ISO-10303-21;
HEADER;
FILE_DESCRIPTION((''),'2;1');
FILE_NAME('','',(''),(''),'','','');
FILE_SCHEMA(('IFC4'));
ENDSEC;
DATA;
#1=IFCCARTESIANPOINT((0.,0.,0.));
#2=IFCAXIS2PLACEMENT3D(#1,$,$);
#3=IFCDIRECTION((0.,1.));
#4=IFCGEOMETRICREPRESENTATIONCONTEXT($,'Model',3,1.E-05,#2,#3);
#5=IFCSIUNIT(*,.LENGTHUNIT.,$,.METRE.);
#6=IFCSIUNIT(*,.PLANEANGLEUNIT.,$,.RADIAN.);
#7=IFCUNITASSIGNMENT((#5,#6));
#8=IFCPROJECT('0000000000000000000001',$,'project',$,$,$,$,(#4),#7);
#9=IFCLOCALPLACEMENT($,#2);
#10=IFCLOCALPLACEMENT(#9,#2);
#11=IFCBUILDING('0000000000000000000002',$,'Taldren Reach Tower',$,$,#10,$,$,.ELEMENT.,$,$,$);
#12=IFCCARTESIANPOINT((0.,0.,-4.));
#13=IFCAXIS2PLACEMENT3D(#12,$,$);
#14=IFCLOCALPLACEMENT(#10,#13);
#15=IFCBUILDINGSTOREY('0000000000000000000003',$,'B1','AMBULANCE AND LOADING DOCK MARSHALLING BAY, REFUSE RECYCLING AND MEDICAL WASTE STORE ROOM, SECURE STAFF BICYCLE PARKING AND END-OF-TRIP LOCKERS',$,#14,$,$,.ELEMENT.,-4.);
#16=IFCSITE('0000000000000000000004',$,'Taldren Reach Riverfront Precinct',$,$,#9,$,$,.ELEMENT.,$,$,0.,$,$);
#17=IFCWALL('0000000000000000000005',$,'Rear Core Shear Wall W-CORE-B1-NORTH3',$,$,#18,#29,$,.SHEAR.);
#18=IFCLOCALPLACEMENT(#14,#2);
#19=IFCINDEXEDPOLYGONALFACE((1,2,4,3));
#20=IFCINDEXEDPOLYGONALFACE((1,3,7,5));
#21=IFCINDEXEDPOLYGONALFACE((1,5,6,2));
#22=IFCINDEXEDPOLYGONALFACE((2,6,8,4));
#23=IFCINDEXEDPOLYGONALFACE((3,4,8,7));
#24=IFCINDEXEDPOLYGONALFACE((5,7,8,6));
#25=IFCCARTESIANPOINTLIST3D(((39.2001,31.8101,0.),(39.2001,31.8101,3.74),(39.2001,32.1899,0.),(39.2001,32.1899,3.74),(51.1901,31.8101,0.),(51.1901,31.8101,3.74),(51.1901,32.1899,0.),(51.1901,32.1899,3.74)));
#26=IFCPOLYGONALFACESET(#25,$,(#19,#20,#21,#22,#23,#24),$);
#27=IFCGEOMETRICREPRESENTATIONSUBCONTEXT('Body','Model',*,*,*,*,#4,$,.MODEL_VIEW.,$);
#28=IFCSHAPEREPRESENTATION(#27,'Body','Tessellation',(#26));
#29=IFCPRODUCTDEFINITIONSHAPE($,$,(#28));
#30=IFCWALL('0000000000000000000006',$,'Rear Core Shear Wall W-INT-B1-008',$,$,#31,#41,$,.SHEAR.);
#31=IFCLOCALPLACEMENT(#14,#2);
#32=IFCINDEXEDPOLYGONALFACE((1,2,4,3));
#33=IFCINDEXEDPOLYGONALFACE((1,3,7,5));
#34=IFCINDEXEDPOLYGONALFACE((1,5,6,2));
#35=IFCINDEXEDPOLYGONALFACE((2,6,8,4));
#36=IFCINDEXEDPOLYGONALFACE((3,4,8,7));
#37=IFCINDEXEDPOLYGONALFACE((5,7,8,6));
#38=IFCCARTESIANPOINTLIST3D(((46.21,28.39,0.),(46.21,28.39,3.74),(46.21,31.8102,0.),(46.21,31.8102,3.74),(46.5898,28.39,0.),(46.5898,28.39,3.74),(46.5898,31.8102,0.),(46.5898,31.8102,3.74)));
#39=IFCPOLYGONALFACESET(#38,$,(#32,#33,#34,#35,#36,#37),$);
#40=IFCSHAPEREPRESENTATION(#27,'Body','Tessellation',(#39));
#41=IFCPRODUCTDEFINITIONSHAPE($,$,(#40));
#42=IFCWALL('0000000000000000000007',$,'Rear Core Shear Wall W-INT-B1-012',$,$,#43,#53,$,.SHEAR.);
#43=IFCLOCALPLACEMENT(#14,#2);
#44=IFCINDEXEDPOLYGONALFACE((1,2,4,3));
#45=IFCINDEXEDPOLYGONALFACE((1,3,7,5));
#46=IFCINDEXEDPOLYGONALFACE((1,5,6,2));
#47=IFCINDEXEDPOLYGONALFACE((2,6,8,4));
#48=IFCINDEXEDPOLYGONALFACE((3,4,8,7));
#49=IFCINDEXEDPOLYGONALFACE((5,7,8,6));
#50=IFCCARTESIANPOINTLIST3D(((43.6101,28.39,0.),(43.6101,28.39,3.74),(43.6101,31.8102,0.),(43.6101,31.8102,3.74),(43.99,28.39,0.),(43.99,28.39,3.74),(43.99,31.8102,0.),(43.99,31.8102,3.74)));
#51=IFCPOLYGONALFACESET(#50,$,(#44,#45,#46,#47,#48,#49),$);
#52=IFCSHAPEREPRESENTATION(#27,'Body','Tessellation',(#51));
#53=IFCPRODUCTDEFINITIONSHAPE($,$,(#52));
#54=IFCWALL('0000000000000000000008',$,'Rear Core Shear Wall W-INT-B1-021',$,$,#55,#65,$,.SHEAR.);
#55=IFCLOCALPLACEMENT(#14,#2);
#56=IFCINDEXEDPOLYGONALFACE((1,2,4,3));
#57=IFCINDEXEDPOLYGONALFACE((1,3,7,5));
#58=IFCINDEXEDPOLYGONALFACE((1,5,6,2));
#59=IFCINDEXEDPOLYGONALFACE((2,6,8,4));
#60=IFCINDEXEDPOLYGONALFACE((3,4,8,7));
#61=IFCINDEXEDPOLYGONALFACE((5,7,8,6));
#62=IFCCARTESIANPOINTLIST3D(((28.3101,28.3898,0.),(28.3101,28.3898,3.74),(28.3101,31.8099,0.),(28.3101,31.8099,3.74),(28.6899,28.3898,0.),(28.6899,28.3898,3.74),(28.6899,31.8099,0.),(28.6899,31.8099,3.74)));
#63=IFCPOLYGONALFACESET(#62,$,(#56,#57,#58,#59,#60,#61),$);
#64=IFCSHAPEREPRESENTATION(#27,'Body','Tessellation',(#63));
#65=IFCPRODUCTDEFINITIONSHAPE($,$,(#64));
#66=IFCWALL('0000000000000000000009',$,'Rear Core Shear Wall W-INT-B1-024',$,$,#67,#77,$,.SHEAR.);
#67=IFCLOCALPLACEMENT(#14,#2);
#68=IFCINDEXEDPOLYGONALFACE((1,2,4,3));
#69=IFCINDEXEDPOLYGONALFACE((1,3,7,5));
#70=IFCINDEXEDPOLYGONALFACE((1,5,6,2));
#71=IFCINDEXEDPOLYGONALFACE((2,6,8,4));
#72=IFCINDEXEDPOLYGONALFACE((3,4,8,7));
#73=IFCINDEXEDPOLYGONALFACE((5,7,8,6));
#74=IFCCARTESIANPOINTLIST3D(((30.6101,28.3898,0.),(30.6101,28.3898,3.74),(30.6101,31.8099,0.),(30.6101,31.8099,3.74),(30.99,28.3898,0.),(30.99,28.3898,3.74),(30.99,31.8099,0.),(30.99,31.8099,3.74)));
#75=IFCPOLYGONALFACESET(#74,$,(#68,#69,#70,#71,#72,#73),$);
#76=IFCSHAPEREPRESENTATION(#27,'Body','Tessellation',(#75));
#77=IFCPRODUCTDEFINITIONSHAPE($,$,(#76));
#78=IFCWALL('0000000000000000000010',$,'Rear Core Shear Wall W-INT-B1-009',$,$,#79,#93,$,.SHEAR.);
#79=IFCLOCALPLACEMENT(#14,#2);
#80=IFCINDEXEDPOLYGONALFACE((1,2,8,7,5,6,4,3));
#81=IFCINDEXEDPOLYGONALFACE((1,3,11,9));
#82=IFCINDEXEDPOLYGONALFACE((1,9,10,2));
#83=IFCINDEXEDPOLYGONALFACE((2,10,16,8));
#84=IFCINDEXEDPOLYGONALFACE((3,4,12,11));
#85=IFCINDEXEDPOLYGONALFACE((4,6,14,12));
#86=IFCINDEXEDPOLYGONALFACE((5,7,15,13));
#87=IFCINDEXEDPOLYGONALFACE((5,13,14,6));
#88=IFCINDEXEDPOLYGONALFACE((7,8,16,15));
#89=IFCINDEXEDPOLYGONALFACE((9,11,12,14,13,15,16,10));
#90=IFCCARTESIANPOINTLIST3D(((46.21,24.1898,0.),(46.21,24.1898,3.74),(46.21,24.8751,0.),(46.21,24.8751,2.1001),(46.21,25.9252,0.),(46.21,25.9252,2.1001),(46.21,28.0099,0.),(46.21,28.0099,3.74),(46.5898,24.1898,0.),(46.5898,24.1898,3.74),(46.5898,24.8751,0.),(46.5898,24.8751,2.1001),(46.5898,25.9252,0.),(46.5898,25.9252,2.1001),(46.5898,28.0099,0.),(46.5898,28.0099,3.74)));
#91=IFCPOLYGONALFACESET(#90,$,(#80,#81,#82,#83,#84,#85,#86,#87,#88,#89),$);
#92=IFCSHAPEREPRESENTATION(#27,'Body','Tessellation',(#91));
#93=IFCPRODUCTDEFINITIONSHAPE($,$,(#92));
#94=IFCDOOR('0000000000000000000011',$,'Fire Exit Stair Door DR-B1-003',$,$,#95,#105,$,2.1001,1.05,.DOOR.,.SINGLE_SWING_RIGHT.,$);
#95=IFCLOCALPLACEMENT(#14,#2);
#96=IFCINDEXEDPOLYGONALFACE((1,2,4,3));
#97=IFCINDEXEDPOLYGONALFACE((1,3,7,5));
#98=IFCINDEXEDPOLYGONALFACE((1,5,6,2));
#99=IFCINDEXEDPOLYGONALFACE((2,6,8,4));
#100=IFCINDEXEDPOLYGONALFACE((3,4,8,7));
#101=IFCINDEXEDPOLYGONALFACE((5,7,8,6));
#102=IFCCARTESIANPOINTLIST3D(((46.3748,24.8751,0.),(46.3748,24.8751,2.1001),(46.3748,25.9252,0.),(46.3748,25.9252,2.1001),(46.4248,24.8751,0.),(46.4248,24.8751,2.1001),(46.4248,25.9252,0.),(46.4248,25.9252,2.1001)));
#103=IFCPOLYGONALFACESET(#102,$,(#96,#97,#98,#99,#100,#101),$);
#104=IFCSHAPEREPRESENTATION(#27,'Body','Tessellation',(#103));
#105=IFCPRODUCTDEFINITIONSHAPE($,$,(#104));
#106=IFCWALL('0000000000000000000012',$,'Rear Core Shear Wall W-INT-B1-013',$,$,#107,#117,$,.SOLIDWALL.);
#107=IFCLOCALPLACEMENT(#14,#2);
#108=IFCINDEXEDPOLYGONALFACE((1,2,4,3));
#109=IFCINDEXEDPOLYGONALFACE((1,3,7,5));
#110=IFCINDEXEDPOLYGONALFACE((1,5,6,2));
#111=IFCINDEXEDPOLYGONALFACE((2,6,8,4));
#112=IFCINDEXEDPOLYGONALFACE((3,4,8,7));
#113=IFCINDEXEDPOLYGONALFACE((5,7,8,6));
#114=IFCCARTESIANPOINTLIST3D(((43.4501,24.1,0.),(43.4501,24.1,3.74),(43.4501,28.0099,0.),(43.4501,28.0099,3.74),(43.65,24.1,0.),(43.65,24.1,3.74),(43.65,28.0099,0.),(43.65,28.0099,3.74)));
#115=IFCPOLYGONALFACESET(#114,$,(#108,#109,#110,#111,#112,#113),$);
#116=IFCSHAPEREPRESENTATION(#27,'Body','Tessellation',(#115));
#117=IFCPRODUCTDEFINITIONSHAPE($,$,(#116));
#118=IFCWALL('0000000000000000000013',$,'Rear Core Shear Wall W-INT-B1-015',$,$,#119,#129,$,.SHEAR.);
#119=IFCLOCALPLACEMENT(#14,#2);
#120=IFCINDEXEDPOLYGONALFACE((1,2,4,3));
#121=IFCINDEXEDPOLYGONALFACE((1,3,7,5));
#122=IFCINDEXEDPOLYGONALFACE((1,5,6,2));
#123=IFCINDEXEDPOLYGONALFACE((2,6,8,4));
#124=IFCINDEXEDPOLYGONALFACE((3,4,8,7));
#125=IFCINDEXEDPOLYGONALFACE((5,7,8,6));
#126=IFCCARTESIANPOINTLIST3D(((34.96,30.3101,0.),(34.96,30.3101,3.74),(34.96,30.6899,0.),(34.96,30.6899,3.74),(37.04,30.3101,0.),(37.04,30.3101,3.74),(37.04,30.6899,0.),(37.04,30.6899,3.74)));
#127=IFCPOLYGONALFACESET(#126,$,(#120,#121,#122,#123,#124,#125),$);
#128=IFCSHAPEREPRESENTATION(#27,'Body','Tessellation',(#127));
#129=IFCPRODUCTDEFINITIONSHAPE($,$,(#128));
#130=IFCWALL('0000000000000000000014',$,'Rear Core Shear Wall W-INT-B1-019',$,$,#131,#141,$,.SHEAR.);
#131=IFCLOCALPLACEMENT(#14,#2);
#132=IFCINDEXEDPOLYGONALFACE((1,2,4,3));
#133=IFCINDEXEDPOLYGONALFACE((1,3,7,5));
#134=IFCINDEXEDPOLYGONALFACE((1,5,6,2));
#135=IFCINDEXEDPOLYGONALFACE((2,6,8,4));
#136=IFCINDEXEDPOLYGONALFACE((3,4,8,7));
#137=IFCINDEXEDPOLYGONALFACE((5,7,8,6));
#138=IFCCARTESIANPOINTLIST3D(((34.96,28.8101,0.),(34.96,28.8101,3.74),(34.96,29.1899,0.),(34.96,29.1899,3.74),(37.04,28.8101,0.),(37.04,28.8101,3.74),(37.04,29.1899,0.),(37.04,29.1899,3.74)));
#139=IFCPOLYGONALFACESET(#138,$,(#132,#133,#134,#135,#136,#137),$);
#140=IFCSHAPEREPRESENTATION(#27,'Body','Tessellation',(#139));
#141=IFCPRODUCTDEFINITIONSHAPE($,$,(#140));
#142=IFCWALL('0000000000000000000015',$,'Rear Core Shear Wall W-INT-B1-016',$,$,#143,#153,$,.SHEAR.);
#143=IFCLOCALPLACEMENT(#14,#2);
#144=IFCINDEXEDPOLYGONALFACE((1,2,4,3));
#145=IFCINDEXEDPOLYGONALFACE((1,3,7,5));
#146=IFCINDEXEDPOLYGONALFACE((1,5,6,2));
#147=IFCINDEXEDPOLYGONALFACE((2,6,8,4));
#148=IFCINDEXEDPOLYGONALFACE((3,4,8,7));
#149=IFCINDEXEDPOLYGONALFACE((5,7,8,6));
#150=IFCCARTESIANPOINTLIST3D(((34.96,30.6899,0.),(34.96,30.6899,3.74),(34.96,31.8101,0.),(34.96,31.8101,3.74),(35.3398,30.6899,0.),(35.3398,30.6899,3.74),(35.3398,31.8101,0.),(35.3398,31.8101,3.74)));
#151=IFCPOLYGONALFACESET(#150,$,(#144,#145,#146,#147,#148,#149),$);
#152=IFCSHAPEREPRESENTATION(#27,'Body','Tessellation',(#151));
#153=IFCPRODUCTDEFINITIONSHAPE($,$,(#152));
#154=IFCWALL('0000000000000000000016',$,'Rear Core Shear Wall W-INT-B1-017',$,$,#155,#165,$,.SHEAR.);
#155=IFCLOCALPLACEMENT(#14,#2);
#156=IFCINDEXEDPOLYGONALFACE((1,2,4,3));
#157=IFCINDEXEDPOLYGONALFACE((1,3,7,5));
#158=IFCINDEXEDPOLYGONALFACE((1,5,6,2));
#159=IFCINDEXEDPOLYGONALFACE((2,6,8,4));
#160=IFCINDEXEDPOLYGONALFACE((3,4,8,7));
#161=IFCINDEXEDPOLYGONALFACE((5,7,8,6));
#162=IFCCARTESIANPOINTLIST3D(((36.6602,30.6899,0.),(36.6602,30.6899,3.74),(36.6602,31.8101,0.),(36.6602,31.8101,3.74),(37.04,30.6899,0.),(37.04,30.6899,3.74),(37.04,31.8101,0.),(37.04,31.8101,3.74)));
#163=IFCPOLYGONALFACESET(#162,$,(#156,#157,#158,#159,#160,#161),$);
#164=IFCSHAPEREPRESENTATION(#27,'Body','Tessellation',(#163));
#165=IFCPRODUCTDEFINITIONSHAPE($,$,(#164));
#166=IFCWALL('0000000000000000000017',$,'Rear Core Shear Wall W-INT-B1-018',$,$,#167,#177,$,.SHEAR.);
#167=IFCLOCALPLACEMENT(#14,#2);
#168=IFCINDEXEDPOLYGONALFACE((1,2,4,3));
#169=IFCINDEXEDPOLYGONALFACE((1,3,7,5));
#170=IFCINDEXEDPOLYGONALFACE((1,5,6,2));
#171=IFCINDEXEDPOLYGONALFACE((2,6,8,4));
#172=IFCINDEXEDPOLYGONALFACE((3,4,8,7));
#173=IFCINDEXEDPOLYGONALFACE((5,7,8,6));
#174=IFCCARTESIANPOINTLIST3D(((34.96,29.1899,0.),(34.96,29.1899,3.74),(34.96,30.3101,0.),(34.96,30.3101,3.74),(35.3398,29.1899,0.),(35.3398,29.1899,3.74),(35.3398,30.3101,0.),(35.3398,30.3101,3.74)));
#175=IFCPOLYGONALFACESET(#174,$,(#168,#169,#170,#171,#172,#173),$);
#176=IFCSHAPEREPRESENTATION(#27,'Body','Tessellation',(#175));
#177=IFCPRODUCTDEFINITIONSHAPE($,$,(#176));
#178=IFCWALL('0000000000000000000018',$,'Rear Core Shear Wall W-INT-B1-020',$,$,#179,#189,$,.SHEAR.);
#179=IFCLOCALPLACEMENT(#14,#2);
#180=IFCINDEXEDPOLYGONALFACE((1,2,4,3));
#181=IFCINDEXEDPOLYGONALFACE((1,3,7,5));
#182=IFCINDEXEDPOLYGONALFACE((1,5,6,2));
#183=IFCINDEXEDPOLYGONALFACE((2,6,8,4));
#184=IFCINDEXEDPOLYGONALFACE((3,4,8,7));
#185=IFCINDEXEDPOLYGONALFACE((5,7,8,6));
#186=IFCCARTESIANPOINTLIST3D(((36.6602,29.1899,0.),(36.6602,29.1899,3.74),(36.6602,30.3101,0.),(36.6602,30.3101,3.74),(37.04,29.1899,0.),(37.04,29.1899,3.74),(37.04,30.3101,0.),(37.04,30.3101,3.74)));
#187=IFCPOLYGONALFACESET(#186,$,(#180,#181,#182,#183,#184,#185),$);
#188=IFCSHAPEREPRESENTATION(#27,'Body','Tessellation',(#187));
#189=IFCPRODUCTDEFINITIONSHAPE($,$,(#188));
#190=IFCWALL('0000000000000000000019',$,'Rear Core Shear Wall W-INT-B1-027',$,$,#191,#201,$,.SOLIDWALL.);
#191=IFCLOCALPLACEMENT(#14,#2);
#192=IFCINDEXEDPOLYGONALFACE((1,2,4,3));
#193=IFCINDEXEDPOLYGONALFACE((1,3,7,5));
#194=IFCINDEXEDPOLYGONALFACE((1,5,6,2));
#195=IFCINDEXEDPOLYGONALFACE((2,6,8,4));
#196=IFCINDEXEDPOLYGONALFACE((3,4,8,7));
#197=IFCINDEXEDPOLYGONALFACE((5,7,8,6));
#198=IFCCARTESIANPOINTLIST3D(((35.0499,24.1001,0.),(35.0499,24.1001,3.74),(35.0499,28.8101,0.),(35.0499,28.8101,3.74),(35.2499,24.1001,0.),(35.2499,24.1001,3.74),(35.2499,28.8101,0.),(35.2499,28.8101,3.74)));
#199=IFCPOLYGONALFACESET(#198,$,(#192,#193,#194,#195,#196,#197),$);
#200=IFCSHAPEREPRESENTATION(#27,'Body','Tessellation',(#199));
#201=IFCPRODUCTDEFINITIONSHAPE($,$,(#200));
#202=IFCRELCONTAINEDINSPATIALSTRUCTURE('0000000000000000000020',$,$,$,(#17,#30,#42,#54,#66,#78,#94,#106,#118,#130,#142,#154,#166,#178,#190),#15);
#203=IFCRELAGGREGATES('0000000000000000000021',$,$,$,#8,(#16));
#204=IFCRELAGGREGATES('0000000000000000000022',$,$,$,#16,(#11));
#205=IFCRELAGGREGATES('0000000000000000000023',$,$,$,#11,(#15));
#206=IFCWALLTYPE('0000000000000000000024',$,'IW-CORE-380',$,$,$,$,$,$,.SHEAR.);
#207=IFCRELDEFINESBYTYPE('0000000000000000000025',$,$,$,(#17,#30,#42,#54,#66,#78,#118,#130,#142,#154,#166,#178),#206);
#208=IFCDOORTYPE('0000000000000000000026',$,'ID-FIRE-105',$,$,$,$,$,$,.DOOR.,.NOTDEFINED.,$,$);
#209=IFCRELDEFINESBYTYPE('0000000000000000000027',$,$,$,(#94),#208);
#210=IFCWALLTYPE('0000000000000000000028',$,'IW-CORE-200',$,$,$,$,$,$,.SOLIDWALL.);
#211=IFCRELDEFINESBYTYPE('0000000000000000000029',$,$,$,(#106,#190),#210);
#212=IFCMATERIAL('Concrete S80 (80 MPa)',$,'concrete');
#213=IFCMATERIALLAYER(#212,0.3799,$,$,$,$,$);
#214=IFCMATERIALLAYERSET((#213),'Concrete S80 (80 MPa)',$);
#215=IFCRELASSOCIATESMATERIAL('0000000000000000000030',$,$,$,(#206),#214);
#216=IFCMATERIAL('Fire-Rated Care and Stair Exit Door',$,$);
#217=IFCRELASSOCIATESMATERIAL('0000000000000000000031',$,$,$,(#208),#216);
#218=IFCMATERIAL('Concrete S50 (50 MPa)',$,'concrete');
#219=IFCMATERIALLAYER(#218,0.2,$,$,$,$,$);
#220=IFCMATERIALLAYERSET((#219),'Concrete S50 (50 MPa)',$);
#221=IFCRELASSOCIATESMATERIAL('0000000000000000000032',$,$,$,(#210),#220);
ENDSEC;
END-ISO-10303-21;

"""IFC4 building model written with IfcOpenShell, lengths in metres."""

from ifc_helpers import new_model, si_unit, direction, frame, frame_2d, origin, place, context, subcontext, project, spatial, rectangle, extrude, source, transform, mapped, material, layer, layer_set, type_object, element, fill, save


model = new_model("IFC4")

# Units and contexts
model_context = context("Model", 3, precision=1e-05, world=origin(), true_north=direction((0.0, 1.0)))
body_context = subcontext(model_context, "Body", "Model", "MODEL_VIEW")
ifc_project = project(units=[si_unit("LENGTHUNIT", "METRE"), si_unit("PLANEANGLEUNIT", "RADIAN")], contexts=[model_context])

# Site, building, storey
site_placement = place(None, origin())
site = spatial("IfcSite", under=ifc_project, at=site_placement, Name="Taldren Reach Riverfront Precinct", CompositionType="ELEMENT", RefElevation=0.0)
building_placement = place(site_placement, origin())
building = spatial("IfcBuilding", under=site, at=building_placement, Name="Taldren Reach Tower", CompositionType="ELEMENT")
storey_placement = place(building_placement, frame((0.0, 0.0, -4.0)))
storey = spatial("IfcBuildingStorey", under=building, at=storey_placement, Name="B1", Description="AMBULANCE AND LOADING DOCK MARSHALLING BAY, REFUSE RECYCLING AND MEDICAL WASTE STORE ROOM, SECURE STAFF BICYCLE PARKING AND END-OF-TRIP LOCKERS", CompositionType="ELEMENT", Elevation=-4.0)

# Walls
ifc_material_1 = material(Name="Concrete S80 (80 MPa)", Category="concrete")
ifc_layer_1 = layer(ifc_material_1, 0.3799)
ifc_layer_set_1 = layer_set([ifc_layer_1], Name="Concrete S80 (80 MPa)")
wall_type_1 = type_object("IfcWallType", Name="IW-CORE-380", PredefinedType="SHEAR", material=ifc_layer_set_1)
shared_shape_1 = source(origin(), body_context, "Body", "SweptSolid", [
    extrude(rectangle(XDim=11.99, YDim=0.3799, at=frame_2d((5.9951, 0.0))), origin(), (0.0, 0.0, 1.0), 3.74),
])
wall_1_placement = place(storey_placement, frame((39.2, 32.0, 0.0), z_axis=(0.0, 0.0, 1.0), x_axis=(1.0, 0.0, 0.0)))
element("IfcWall", 1, at=wall_1_placement, inside=storey, type_object=wall_type_1, Name="Rear Core Shear Wall W-CORE-B1-NORTH3", PredefinedType="SHEAR", context=body_context, shape_type="MappedRepresentation", body=[
    mapped(shared_shape_1, transform((0.0, 0.0, 0.0), scale=1.0)),
])
shared_shape_2 = source(origin(), body_context, "Body", "SweptSolid", [
    extrude(rectangle(XDim=3.4202, YDim=0.3799, at=frame_2d((1.71, 0.0))), origin(), (0.0, 0.0, 1.0), 3.74),
])
for number, where, z_axis, x_axis, name in (
    (2, (46.3999, 31.8101, 0.0), (0.0, 0.0, 1.0), (0.0, -1.0, 0.0), "Rear Core Shear Wall W-INT-B1-008"),
    (3, (43.8, 31.8101, 0.0), (0.0, 0.0, 1.0), (0.0, -1.0, 0.0), "Rear Core Shear Wall W-INT-B1-012"),
    (4, (28.5, 28.3899, 0.0), (0.0, 0.0, 1.0), (0.0, 1.0, 0.0), "Rear Core Shear Wall W-INT-B1-021"),
    (5, (30.8, 28.3899, 0.0), (0.0, 0.0, 1.0), (0.0, 1.0, 0.0), "Rear Core Shear Wall W-INT-B1-024"),
):
    element("IfcWall", number, at=place(storey_placement, frame(where, z_axis=z_axis, x_axis=x_axis)), inside=storey, type_object=wall_type_1, Name=name, PredefinedType="SHEAR", context=body_context, shape_type="MappedRepresentation", body=[
        mapped(shared_shape_2, transform((0.0, 0.0, 0.0), scale=1.0)),
    ])

# Wall, opening, door
shared_shape_3 = source(origin(), body_context, "Body", "SweptSolid", [
    extrude(rectangle(XDim=3.8201, YDim=0.3799, at=frame_2d((1.9102, 0.0))), origin(), (0.0, 0.0, 1.0), 3.74),
])
wall_2_placement = place(storey_placement, frame((46.3999, 28.01, 0.0), z_axis=(0.0, 0.0, 1.0), x_axis=(0.0, -1.0, 0.0)))
wall_2 = element("IfcWall", 6, at=wall_2_placement, inside=storey, type_object=wall_type_1, Name="Rear Core Shear Wall W-INT-B1-009", PredefinedType="SHEAR", context=body_context, shape_type="MappedRepresentation", body=[
    mapped(shared_shape_3, transform((0.0, 0.0, 0.0), scale=1.0)),
])
shared_shape_4 = source(origin(), body_context, "Body", "SweptSolid", [
    extrude(rectangle(XDim=1.05, YDim=2.1001, at=frame_2d((0.5249, 1.05))), frame((0.0, 0.2, 0.0), z_axis=(0.0, -1.0, 0.0), x_axis=(1.0, 0.0, 0.0)), (0.0, 0.0, 1.0), 0.3999),
])
opening_1_placement = place(wall_2_placement, frame((2.085, 0.0, 0.0)))
opening_1 = element("IfcOpeningElement", 7, at=opening_1_placement, cuts=wall_2, PredefinedType="OPENING", context=body_context, shape_type="MappedRepresentation", body=[
    mapped(shared_shape_4, transform((0.0, 0.0, 0.0), scale=1.0)),
])
ifc_material_2 = material(Name="Fire-Rated Care and Stair Exit Door")
door_type_1 = type_object("IfcDoorType", Name="ID-FIRE-105", OperationType="NOTDEFINED", PredefinedType="DOOR", material=ifc_material_2)
shared_shape_5 = source(origin(), body_context, "Body", "SweptSolid", [
    extrude(rectangle(XDim=1.05, YDim=2.1001, at=frame_2d((0.5249, 1.05))), frame((0.0, 0.0249, 0.0), z_axis=(0.0, -1.0, 0.0), x_axis=(1.0, 0.0, 0.0)), (0.0, 0.0, 1.0), 0.05),
])
door_1_placement = place(opening_1_placement, origin())
door_1 = element("IfcDoor", 8, at=door_1_placement, inside=storey, type_object=door_type_1, Name="Fire Exit Stair Door DR-B1-003", OperationType="SINGLE_SWING_RIGHT", OverallHeight=2.1001, OverallWidth=1.05, PredefinedType="DOOR", context=body_context, shape_type="MappedRepresentation", body=[
    mapped(shared_shape_5, transform((0.0, 0.0, 0.0), scale=1.0)),
])
fill(opening_1, door_1)

# Walls
ifc_material_3 = material(Name="Concrete S50 (50 MPa)", Category="concrete")
ifc_layer_2 = layer(ifc_material_3, 0.2)
ifc_layer_set_2 = layer_set([ifc_layer_2], Name="Concrete S50 (50 MPa)")
wall_type_2 = type_object("IfcWallType", Name="IW-CORE-200", PredefinedType="SOLIDWALL", material=ifc_layer_set_2)
shared_shape_6 = source(origin(), body_context, "Body", "SweptSolid", [
    extrude(rectangle(XDim=3.9099, YDim=0.2, at=frame_2d((1.9551, 0.0))), origin(), (0.0, 0.0, 1.0), 3.74),
])
wall_3_placement = place(storey_placement, frame((43.55, 28.01, 0.0), z_axis=(0.0, 0.0, 1.0), x_axis=(0.0, -1.0, 0.0)))
element("IfcWall", 9, at=wall_3_placement, inside=storey, type_object=wall_type_2, Name="Rear Core Shear Wall W-INT-B1-013", PredefinedType="SOLIDWALL", context=body_context, shape_type="MappedRepresentation", body=[
    mapped(shared_shape_6, transform((0.0, 0.0, 0.0), scale=1.0)),
])
shared_shape_7 = source(origin(), body_context, "Body", "SweptSolid", [
    extrude(rectangle(XDim=2.0801, YDim=0.3799, at=frame_2d((1.04, 0.0))), origin(), (0.0, 0.0, 1.0), 3.74),
])
for number, where, z_axis, x_axis, name in (
    (10, (34.96, 30.5, 0.0), (0.0, 0.0, 1.0), (1.0, 0.0, 0.0), "Rear Core Shear Wall W-INT-B1-015"),
    (11, (34.96, 29.0, 0.0), (0.0, 0.0, 1.0), (1.0, 0.0, 0.0), "Rear Core Shear Wall W-INT-B1-019"),
):
    element("IfcWall", number, at=place(storey_placement, frame(where, z_axis=z_axis, x_axis=x_axis)), inside=storey, type_object=wall_type_1, Name=name, PredefinedType="SHEAR", context=body_context, shape_type="MappedRepresentation", body=[
        mapped(shared_shape_7, transform((0.0, 0.0, 0.0), scale=1.0)),
    ])
shared_shape_8 = source(origin(), body_context, "Body", "SweptSolid", [
    extrude(rectangle(XDim=1.1201, YDim=0.3799, at=frame_2d((0.5601, 0.0))), origin(), (0.0, 0.0, 1.0), 3.74),
])
for number, where, z_axis, x_axis, name in (
    (12, (35.1499, 31.8101, 0.0), (0.0, 0.0, 1.0), (0.0, -1.0, 0.0), "Rear Core Shear Wall W-INT-B1-016"),
    (13, (36.8501, 30.6899, 0.0), (0.0, 0.0, 1.0), (0.0, 1.0, 0.0), "Rear Core Shear Wall W-INT-B1-017"),
    (14, (35.1499, 30.3101, 0.0), (0.0, 0.0, 1.0), (0.0, -1.0, 0.0), "Rear Core Shear Wall W-INT-B1-018"),
    (15, (36.8501, 29.1899, 0.0), (0.0, 0.0, 1.0), (0.0, 1.0, 0.0), "Rear Core Shear Wall W-INT-B1-020"),
):
    element("IfcWall", number, at=place(storey_placement, frame(where, z_axis=z_axis, x_axis=x_axis)), inside=storey, type_object=wall_type_1, Name=name, PredefinedType="SHEAR", context=body_context, shape_type="MappedRepresentation", body=[
        mapped(shared_shape_8, transform((0.0, 0.0, 0.0), scale=1.0)),
    ])

# Wall
shared_shape_9 = source(origin(), body_context, "Body", "SweptSolid", [
    extrude(rectangle(XDim=4.71, YDim=0.2, at=frame_2d((2.355, 0.0))), origin(), (0.0, 0.0, 1.0), 3.74),
])
wall_4_placement = place(storey_placement, frame((35.1499, 28.8101, 0.0), z_axis=(0.0, 0.0, 1.0), x_axis=(0.0, -1.0, 0.0)))
element("IfcWall", 16, at=wall_4_placement, inside=storey, type_object=wall_type_2, Name="Rear Core Shear Wall W-INT-B1-027", PredefinedType="SOLIDWALL", context=body_context, shape_type="MappedRepresentation", body=[
    mapped(shared_shape_9, transform((0.0, 0.0, 0.0), scale=1.0)),
])

save(model, "model.ifc")
